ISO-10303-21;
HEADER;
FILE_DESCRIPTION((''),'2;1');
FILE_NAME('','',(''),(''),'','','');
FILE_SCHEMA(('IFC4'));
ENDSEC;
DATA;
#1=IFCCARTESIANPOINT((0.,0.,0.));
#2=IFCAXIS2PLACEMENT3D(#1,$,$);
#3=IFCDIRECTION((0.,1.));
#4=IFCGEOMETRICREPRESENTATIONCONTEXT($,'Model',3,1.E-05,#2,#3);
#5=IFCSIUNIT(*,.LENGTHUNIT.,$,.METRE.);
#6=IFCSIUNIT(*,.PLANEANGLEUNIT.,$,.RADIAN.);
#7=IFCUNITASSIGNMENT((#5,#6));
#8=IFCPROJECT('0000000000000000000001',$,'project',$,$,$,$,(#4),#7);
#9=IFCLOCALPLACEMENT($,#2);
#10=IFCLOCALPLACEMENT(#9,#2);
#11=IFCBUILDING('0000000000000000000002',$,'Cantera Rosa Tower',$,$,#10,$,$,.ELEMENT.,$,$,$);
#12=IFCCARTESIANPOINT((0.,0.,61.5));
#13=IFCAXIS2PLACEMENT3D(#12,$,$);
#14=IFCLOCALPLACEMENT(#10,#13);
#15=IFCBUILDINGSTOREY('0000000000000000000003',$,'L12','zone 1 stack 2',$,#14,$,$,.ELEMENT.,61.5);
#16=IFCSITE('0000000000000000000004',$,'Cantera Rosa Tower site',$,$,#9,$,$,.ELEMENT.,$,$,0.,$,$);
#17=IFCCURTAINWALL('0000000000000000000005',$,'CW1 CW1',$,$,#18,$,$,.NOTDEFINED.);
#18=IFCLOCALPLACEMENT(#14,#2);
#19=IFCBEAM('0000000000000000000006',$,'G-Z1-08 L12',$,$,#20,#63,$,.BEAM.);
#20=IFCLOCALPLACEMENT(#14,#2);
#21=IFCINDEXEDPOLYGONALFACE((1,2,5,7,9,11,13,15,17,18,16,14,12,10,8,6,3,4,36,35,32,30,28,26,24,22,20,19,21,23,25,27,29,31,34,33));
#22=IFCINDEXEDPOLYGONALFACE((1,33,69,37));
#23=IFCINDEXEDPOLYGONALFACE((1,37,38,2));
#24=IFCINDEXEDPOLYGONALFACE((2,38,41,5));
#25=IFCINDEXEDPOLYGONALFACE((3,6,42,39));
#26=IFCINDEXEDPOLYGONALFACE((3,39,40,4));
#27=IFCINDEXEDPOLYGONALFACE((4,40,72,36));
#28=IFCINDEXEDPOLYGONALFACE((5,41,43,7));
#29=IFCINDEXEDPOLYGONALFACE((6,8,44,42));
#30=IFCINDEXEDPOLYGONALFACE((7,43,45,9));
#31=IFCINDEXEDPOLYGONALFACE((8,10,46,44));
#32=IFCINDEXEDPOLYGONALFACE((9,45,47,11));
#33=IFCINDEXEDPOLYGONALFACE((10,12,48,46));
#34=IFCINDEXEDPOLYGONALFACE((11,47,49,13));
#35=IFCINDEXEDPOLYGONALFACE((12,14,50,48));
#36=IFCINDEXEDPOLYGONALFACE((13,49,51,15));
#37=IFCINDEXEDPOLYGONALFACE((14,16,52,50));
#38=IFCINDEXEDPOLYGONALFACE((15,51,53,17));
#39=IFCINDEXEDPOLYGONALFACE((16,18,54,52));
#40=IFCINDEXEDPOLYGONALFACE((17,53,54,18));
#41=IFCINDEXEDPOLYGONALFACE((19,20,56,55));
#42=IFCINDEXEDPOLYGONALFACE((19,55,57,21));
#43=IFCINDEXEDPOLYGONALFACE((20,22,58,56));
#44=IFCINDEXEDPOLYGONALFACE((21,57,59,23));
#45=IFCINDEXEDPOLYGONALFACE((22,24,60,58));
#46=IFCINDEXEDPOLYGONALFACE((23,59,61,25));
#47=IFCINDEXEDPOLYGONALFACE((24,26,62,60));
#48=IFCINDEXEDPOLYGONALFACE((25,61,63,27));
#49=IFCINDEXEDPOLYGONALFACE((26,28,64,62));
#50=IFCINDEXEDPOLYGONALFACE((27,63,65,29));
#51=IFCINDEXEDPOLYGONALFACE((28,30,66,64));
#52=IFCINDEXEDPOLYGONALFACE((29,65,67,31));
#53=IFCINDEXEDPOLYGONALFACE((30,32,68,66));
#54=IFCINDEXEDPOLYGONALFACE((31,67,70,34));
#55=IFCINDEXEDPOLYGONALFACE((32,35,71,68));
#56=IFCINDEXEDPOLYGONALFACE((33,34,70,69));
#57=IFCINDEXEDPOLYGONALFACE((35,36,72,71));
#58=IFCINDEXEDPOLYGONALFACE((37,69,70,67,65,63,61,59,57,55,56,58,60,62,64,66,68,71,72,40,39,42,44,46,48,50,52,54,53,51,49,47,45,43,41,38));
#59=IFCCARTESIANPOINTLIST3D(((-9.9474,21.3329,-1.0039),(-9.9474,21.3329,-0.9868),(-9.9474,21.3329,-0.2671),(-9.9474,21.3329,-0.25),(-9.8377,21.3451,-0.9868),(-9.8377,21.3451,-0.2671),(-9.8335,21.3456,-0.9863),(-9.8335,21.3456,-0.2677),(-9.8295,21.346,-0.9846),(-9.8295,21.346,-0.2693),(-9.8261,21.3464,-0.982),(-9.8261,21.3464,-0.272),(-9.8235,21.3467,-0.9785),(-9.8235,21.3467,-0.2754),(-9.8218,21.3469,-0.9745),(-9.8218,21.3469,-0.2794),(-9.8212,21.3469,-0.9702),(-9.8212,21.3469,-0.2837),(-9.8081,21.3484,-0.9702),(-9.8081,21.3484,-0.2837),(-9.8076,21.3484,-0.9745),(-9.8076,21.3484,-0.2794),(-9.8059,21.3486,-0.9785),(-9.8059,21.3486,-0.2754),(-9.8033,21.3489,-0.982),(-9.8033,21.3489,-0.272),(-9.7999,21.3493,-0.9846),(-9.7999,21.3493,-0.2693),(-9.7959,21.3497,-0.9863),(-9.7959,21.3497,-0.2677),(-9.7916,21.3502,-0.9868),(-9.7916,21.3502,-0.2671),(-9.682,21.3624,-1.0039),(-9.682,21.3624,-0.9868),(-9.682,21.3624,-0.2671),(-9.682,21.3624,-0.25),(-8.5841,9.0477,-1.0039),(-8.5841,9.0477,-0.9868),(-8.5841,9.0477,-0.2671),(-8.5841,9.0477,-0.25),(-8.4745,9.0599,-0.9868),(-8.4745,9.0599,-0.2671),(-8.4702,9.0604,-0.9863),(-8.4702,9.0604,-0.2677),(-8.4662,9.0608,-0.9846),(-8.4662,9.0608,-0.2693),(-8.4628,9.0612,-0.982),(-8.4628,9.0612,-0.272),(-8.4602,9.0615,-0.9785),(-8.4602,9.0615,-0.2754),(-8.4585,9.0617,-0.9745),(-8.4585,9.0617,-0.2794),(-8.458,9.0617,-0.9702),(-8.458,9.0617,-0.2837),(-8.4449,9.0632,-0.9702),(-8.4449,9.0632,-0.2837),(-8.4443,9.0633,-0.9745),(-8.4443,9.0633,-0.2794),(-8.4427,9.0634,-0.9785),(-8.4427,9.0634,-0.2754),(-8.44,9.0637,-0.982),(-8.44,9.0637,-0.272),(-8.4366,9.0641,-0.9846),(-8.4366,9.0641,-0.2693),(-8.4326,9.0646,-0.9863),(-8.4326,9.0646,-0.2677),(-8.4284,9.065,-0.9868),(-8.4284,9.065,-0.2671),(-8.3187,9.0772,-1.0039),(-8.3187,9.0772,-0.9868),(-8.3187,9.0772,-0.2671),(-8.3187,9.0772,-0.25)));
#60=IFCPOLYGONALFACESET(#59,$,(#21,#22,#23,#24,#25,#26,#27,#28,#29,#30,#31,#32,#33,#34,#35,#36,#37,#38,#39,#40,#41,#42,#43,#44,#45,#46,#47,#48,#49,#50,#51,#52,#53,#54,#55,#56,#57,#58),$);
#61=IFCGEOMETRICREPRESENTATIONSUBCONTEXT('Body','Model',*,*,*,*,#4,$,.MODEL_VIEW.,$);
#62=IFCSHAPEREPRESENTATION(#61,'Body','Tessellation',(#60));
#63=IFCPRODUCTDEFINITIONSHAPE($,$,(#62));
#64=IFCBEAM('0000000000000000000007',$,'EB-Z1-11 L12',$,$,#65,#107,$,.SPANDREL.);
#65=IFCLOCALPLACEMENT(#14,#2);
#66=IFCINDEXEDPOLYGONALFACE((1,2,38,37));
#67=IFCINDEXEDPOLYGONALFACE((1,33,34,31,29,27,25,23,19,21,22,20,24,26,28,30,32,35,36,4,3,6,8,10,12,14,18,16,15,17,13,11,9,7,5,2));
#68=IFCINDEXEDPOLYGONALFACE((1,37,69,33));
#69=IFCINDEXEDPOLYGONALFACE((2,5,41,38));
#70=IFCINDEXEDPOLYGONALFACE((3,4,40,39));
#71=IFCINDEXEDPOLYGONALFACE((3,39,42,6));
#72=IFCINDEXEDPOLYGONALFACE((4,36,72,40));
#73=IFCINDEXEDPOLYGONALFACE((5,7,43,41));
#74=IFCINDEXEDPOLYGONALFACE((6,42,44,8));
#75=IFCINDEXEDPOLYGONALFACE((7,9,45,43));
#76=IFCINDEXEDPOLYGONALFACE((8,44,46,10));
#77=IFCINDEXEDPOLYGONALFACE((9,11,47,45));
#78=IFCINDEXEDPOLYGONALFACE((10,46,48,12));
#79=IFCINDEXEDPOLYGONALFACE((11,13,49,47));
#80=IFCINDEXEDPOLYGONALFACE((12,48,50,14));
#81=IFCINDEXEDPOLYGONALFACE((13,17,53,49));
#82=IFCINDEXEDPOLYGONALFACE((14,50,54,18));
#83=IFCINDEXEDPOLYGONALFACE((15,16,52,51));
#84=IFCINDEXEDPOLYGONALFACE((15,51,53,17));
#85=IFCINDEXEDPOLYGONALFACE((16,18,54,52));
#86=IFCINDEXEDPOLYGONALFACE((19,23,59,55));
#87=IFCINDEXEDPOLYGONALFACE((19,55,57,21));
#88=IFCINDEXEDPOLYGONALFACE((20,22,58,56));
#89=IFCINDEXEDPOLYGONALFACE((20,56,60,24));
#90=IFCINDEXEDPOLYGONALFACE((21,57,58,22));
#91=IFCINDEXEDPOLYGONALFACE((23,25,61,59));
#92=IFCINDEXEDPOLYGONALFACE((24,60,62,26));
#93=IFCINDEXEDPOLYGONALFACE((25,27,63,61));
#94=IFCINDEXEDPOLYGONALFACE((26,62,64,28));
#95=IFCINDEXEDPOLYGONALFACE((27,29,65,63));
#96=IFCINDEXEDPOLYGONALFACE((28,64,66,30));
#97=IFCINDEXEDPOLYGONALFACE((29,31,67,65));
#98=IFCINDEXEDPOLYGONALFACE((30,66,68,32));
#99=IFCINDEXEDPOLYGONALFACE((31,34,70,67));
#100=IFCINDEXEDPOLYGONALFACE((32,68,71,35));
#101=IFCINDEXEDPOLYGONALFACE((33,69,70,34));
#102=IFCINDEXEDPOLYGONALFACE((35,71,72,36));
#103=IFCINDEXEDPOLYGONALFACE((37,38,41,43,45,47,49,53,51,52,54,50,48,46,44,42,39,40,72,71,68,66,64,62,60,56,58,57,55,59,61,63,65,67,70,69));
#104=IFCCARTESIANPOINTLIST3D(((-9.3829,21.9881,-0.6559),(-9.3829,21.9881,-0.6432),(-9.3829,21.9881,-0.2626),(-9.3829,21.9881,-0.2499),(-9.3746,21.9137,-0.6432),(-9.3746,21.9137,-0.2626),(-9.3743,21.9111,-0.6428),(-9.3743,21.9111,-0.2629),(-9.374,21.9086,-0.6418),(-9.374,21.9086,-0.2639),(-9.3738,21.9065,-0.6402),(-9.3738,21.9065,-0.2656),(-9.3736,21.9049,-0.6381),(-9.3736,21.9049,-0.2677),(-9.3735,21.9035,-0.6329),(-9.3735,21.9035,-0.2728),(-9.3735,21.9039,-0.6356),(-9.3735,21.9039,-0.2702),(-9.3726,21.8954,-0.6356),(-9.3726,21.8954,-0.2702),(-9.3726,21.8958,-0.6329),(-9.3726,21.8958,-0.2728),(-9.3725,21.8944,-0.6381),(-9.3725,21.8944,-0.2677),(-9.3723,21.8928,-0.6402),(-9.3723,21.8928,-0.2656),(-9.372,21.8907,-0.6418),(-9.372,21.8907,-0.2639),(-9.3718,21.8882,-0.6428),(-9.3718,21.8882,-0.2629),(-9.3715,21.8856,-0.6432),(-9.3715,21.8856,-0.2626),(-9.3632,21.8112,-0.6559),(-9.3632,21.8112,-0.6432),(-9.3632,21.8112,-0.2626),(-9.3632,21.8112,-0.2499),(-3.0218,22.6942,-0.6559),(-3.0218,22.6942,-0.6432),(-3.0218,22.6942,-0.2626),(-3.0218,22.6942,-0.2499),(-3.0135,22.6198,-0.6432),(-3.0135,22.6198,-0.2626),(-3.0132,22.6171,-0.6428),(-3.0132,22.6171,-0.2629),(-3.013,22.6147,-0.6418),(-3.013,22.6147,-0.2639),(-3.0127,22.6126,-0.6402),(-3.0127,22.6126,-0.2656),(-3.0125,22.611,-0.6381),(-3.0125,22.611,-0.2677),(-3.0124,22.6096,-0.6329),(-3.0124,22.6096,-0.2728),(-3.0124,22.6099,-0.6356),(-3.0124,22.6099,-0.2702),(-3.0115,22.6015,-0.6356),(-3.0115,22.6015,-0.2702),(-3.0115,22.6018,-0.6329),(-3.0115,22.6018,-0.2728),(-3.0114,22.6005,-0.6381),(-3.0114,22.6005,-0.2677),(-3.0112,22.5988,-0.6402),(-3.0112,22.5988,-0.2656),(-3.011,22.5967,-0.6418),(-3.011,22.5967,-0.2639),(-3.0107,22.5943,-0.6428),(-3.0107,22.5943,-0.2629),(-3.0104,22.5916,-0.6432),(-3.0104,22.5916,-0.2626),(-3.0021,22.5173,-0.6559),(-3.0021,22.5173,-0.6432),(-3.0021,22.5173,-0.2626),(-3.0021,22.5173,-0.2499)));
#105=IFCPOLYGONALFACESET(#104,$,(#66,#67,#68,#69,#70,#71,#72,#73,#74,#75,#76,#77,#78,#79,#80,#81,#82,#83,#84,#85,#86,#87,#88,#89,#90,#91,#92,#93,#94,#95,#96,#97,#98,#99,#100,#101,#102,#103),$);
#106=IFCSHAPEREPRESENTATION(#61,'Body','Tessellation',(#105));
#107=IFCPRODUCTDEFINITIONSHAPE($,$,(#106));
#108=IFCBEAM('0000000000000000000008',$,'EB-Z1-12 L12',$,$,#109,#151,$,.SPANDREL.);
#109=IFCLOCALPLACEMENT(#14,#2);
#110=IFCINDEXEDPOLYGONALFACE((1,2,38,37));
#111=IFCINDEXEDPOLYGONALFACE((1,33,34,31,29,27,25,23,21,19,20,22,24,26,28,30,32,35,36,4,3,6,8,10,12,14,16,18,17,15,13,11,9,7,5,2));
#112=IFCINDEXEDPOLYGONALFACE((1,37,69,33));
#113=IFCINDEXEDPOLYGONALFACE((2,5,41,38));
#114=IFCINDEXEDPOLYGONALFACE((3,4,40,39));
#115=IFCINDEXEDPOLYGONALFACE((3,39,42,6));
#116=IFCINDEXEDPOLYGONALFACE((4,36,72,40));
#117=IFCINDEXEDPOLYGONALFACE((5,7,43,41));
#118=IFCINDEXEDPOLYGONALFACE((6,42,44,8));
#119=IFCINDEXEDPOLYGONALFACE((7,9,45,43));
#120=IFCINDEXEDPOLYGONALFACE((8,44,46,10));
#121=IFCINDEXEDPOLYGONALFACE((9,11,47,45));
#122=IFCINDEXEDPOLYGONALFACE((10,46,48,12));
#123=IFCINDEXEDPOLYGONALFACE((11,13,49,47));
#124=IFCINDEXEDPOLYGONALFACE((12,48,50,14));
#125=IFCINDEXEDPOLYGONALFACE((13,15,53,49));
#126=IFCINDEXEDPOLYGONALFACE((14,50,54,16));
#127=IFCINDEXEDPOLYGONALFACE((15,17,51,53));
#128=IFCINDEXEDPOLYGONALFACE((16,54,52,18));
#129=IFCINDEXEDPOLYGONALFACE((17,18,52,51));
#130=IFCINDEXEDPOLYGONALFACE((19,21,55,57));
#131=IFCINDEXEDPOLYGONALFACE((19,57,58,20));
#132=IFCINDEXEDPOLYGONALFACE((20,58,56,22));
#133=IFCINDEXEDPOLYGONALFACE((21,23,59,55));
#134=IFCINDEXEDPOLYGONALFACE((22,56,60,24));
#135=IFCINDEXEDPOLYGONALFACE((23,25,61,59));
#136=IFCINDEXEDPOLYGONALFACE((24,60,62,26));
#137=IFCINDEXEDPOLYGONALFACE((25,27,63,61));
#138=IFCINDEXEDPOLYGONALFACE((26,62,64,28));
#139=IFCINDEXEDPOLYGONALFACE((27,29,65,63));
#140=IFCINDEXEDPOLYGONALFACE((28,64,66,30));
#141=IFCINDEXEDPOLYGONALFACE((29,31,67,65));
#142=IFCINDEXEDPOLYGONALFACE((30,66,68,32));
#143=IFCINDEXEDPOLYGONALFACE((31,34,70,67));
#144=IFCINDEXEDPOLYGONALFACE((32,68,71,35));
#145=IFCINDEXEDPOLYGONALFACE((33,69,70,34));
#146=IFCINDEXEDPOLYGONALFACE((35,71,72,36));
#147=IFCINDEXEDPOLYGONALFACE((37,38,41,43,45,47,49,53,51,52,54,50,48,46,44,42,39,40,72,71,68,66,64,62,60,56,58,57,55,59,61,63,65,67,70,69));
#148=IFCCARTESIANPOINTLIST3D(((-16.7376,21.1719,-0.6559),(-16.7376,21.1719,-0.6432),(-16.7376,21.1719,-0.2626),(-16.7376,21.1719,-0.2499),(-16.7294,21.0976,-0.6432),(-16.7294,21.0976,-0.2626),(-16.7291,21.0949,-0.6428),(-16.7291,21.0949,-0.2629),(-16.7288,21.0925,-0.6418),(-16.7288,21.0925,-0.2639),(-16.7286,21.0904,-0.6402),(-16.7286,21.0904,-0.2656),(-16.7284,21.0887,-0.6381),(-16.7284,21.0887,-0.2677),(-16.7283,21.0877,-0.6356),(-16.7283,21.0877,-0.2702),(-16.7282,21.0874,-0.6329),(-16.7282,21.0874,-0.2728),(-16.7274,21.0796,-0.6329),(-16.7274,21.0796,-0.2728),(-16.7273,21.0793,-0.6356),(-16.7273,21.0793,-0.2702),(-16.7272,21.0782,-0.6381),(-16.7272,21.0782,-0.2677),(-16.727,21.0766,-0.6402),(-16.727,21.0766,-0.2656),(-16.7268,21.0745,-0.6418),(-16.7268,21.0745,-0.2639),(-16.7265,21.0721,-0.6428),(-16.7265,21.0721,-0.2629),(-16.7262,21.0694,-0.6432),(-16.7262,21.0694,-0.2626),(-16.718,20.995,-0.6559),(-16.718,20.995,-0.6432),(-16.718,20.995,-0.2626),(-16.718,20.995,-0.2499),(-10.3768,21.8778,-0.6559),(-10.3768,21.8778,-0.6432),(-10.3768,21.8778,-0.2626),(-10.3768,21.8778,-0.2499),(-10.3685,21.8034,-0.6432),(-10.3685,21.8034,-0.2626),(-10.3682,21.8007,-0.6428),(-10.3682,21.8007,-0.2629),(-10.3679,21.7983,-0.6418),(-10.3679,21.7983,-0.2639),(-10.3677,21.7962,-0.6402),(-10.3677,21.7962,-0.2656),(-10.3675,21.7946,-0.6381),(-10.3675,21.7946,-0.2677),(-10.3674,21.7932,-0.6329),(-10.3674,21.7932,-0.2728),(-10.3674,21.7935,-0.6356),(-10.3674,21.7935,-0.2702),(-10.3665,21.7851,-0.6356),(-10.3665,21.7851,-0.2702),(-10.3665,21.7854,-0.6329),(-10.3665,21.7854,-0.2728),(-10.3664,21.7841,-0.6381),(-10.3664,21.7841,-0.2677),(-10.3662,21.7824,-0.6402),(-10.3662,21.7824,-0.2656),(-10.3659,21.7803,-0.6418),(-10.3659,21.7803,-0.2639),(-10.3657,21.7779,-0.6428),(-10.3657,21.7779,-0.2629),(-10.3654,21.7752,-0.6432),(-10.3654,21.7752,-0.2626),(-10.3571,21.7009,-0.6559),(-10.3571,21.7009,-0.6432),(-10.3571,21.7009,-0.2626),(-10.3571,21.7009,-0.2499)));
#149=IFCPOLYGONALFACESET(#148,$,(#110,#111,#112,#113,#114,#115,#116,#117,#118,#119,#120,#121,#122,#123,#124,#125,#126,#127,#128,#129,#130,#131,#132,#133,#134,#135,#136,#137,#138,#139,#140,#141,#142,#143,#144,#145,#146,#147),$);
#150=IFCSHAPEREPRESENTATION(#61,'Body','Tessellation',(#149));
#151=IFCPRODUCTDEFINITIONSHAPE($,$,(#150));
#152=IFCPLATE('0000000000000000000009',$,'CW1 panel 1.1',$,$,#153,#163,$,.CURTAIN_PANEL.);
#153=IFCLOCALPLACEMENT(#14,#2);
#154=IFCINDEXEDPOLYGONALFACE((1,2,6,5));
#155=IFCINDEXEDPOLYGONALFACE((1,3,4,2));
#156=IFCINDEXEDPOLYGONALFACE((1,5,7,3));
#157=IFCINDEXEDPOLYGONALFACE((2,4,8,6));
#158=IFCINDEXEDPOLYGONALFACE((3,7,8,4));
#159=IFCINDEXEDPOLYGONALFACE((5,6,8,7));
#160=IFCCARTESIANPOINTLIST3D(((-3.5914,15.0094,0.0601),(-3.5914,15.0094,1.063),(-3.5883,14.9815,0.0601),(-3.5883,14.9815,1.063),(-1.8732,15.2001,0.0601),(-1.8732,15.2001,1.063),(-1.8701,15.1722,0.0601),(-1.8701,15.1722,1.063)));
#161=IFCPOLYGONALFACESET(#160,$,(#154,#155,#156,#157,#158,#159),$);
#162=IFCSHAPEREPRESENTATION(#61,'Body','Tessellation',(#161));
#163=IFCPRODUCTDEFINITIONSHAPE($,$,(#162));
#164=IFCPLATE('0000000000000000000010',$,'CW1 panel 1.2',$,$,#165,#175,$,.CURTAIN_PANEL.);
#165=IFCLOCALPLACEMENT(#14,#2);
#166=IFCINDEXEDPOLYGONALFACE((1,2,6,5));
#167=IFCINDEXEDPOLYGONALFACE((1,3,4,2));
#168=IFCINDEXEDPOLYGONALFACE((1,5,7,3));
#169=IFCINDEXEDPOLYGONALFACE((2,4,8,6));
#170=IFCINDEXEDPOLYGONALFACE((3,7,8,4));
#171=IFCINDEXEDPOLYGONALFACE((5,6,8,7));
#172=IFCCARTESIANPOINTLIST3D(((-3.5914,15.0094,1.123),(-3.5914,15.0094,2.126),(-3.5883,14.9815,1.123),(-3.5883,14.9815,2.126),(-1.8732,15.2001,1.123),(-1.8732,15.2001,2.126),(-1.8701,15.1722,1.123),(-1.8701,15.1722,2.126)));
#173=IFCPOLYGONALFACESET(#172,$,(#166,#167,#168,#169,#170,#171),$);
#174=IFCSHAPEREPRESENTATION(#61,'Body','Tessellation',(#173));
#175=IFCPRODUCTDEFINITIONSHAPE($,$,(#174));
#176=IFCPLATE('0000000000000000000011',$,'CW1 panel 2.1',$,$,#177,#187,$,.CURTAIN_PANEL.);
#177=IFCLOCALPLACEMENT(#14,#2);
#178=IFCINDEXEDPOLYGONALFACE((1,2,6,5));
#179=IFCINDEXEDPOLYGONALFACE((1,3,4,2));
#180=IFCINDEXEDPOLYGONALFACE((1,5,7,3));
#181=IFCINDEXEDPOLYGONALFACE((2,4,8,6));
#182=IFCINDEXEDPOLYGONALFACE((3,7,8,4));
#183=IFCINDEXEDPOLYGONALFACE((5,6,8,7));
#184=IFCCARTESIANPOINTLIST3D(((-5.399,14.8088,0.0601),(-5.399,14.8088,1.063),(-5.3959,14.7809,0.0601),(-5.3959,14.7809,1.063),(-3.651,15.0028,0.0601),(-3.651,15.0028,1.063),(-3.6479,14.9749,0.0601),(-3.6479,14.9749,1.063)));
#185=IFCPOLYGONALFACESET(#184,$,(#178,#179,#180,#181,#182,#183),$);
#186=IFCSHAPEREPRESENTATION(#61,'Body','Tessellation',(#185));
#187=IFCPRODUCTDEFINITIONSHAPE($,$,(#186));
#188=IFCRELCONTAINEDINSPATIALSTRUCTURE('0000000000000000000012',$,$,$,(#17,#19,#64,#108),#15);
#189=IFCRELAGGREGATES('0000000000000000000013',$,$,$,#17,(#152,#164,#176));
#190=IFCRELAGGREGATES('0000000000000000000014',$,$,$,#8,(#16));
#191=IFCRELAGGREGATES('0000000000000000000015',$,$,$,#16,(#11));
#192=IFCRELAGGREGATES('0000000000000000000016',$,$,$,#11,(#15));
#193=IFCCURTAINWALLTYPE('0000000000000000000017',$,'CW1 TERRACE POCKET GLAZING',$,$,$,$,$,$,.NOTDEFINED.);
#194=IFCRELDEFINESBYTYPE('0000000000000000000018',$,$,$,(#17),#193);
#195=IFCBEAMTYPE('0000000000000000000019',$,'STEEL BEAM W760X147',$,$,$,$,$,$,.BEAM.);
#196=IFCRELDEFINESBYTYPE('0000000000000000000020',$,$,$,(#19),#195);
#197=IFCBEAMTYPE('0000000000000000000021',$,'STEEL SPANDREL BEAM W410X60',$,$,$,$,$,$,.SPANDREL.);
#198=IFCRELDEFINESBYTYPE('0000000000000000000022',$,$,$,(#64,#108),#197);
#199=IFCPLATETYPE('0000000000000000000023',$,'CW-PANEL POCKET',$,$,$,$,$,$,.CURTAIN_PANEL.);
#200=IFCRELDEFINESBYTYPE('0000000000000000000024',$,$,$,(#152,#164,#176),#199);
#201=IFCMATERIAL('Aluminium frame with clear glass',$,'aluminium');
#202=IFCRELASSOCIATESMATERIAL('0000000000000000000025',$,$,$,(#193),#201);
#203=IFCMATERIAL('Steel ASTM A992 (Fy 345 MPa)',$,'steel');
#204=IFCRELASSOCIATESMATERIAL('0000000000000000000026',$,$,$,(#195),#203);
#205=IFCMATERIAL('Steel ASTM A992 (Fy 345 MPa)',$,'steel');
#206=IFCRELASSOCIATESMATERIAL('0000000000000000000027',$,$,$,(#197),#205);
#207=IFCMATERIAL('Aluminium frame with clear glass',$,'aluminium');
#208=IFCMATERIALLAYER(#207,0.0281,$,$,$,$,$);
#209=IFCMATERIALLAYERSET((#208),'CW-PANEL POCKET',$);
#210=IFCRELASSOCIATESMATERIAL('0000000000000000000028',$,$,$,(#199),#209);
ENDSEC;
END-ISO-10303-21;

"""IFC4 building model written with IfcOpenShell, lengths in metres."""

from ifc_helpers import new_model, si_unit, direction, frame, origin, origin_2d, place, context, subcontext, project, spatial, rectangle, i_section, extrude, material, layer, layer_set, material_profile, profile_set, type_object, element, aggregate, save


model = new_model("IFC4")

# Units and contexts
model_context = context("Model", 3, precision=1e-05, world=origin(), true_north=direction((0.0, 1.0)))
body_context = subcontext(model_context, "Body", "Model", "MODEL_VIEW")
ifc_project = project(units=[si_unit("LENGTHUNIT", "METRE"), si_unit("PLANEANGLEUNIT", "RADIAN")], contexts=[model_context])

# Site, building, storey
site_placement = place(None, origin())
site = spatial("IfcSite", under=ifc_project, at=site_placement, Name="Cantera Rosa Tower site", CompositionType="ELEMENT", RefElevation=0.0)
building_placement = place(site_placement, origin())
building = spatial("IfcBuilding", under=site, at=building_placement, Name="Cantera Rosa Tower", CompositionType="ELEMENT")
storey_placement = place(building_placement, frame((0.0, 0.0, 61.5)))
storey = spatial("IfcBuildingStorey", under=building, at=storey_placement, Name="L12", Description="zone 1 stack 2", CompositionType="ELEMENT", Elevation=61.5)

# Curtain wall
ifc_material_1 = material(Name="Aluminium frame with clear glass", Category="aluminium")
curtain_wall_type = type_object("IfcCurtainWallType", Name="CW1 TERRACE POCKET GLAZING", PredefinedType="NOTDEFINED", material=ifc_material_1)
curtain_wall_placement = place(storey_placement, origin())
curtain_wall = element("IfcCurtainWall", 1, at=curtain_wall_placement, inside=storey, type_object=curtain_wall_type, Name="CW1 CW1", PredefinedType="NOTDEFINED")

# Beams
ifc_material_2 = material(Name="Steel ASTM A992 (Fy 345 MPa)", Category="steel")
ifc_material_profile_1 = material_profile(ifc_material_2, i_section(OverallWidth=0.2671, OverallDepth=0.7539, WebThickness=0.0132, FlangeThickness=0.0171, FilletRadius=0.0166, at=origin_2d()), Name="W760X147")
ifc_profile_set_1 = profile_set([ifc_material_profile_1], Name="Steel ASTM A992 (Fy 345 MPa)")
beam_type_1 = type_object("IfcBeamType", Name="STEEL BEAM W760X147", PredefinedType="BEAM", material=ifc_profile_set_1)
beam_1_placement = place(storey_placement, frame((-9.8147, 21.3477, -0.627), z_axis=(0.110293, -0.993899, 0.0), x_axis=(0.993899, 0.110293, 0.0)))
element("IfcBeam", 2, at=beam_1_placement, inside=storey, type_object=beam_type_1, Name="G-Z1-08 L12", PredefinedType="BEAM", context=body_context, shape_type="SweptSolid", body=[
    extrude(i_section(OverallWidth=0.2671, OverallDepth=0.7539, WebThickness=0.0132, FlangeThickness=0.0171, FilletRadius=0.0166, at=origin_2d()), origin(), (0.0, 0.0, 1.0), 12.3606),
])
ifc_material_3 = material(Name="Steel ASTM A992 (Fy 345 MPa)", Category="steel")
ifc_material_profile_2 = material_profile(ifc_material_3, i_section(OverallWidth=0.178, OverallDepth=0.406, WebThickness=0.0078, FlangeThickness=0.0127, FilletRadius=0.0103, at=origin_2d()), Name="W410X60")
ifc_profile_set_2 = profile_set([ifc_material_profile_2], Name="Steel ASTM A992 (Fy 345 MPa)")
beam_type_2 = type_object("IfcBeamType", Name="STEEL SPANDREL BEAM W410X60", PredefinedType="SPANDREL", material=ifc_profile_set_2)
beam_2_placement = place(storey_placement, frame((-3.012, 22.6057, -0.4529), z_axis=(-0.993896, -0.110318, 0.0), x_axis=(0.110318, -0.993896, 0.0)))
element("IfcBeam", 3, at=beam_2_placement, inside=storey, type_object=beam_type_2, Name="EB-Z1-11 L12", PredefinedType="SPANDREL", context=body_context, shape_type="SweptSolid", body=[
    extrude(i_section(OverallWidth=0.178, OverallDepth=0.406, WebThickness=0.0078, FlangeThickness=0.0127, FilletRadius=0.0103, at=origin_2d()), origin(), (0.0, 0.0, 1.0), 6.4001),
])
beam_3_placement = place(storey_placement, frame((-10.3669, 21.7893, -0.4529), z_axis=(-0.9939, -0.110285, 0.0), x_axis=(0.110285, -0.9939, 0.0)))
element("IfcBeam", 4, at=beam_3_placement, inside=storey, type_object=beam_type_2, Name="EB-Z1-12 L12", PredefinedType="SPANDREL", context=body_context, shape_type="SweptSolid", body=[
    extrude(i_section(OverallWidth=0.178, OverallDepth=0.406, WebThickness=0.0078, FlangeThickness=0.0127, FilletRadius=0.0103, at=origin_2d()), origin(), (0.0, 0.0, 1.0), 6.3999),
])

# Plates
ifc_material_4 = material(Name="Aluminium frame with clear glass", Category="aluminium")
ifc_layer_1 = layer(ifc_material_4, 0.0281)
ifc_layer_set_1 = layer_set([ifc_layer_1], Name="CW-PANEL POCKET")
plate_type = type_object("IfcPlateType", Name="CW-PANEL POCKET", PredefinedType="CURTAIN_PANEL", material=ifc_layer_set_1)
plate_1_placement = place(storey_placement, frame((-2.7307, 15.0908, 0.0601), z_axis=(0.0, 0.0, 1.0), x_axis=(-0.993897, -0.110313, 0.0)))
plate_1 = element("IfcPlate", 5, at=plate_1_placement, type_object=plate_type, Name="CW1 panel 1.1", PredefinedType="CURTAIN_PANEL", context=body_context, shape_type="SweptSolid", body=[
    extrude(rectangle(XDim=1.7288, YDim=0.0281, at=origin_2d()), origin(), (0.0, 0.0, 1.0), 1.0029),
])
plate_2_placement = place(storey_placement, frame((-2.7307, 15.0908, 1.123), z_axis=(0.0, 0.0, 1.0), x_axis=(-0.993897, -0.110313, 0.0)))
plate_2 = element("IfcPlate", 6, at=plate_2_placement, type_object=plate_type, Name="CW1 panel 1.2", PredefinedType="CURTAIN_PANEL", context=body_context, shape_type="SweptSolid", body=[
    extrude(rectangle(XDim=1.7288, YDim=0.0281, at=origin_2d()), origin(), (0.0, 0.0, 1.0), 1.0029),
])
plate_3_placement = place(storey_placement, frame((-4.5234, 14.8918, 0.0601), z_axis=(0.0, 0.0, 1.0), x_axis=(-0.993897, -0.110313, 0.0)))
plate_3 = element("IfcPlate", 7, at=plate_3_placement, type_object=plate_type, Name="CW1 panel 2.1", PredefinedType="CURTAIN_PANEL", context=body_context, shape_type="SweptSolid", body=[
    extrude(rectangle(XDim=1.7588, YDim=0.0281, at=origin_2d()), origin(), (0.0, 0.0, 1.0), 1.0029),
])
aggregate(curtain_wall, [plate_1, plate_2, plate_3])

save(model, "model.ifc")
